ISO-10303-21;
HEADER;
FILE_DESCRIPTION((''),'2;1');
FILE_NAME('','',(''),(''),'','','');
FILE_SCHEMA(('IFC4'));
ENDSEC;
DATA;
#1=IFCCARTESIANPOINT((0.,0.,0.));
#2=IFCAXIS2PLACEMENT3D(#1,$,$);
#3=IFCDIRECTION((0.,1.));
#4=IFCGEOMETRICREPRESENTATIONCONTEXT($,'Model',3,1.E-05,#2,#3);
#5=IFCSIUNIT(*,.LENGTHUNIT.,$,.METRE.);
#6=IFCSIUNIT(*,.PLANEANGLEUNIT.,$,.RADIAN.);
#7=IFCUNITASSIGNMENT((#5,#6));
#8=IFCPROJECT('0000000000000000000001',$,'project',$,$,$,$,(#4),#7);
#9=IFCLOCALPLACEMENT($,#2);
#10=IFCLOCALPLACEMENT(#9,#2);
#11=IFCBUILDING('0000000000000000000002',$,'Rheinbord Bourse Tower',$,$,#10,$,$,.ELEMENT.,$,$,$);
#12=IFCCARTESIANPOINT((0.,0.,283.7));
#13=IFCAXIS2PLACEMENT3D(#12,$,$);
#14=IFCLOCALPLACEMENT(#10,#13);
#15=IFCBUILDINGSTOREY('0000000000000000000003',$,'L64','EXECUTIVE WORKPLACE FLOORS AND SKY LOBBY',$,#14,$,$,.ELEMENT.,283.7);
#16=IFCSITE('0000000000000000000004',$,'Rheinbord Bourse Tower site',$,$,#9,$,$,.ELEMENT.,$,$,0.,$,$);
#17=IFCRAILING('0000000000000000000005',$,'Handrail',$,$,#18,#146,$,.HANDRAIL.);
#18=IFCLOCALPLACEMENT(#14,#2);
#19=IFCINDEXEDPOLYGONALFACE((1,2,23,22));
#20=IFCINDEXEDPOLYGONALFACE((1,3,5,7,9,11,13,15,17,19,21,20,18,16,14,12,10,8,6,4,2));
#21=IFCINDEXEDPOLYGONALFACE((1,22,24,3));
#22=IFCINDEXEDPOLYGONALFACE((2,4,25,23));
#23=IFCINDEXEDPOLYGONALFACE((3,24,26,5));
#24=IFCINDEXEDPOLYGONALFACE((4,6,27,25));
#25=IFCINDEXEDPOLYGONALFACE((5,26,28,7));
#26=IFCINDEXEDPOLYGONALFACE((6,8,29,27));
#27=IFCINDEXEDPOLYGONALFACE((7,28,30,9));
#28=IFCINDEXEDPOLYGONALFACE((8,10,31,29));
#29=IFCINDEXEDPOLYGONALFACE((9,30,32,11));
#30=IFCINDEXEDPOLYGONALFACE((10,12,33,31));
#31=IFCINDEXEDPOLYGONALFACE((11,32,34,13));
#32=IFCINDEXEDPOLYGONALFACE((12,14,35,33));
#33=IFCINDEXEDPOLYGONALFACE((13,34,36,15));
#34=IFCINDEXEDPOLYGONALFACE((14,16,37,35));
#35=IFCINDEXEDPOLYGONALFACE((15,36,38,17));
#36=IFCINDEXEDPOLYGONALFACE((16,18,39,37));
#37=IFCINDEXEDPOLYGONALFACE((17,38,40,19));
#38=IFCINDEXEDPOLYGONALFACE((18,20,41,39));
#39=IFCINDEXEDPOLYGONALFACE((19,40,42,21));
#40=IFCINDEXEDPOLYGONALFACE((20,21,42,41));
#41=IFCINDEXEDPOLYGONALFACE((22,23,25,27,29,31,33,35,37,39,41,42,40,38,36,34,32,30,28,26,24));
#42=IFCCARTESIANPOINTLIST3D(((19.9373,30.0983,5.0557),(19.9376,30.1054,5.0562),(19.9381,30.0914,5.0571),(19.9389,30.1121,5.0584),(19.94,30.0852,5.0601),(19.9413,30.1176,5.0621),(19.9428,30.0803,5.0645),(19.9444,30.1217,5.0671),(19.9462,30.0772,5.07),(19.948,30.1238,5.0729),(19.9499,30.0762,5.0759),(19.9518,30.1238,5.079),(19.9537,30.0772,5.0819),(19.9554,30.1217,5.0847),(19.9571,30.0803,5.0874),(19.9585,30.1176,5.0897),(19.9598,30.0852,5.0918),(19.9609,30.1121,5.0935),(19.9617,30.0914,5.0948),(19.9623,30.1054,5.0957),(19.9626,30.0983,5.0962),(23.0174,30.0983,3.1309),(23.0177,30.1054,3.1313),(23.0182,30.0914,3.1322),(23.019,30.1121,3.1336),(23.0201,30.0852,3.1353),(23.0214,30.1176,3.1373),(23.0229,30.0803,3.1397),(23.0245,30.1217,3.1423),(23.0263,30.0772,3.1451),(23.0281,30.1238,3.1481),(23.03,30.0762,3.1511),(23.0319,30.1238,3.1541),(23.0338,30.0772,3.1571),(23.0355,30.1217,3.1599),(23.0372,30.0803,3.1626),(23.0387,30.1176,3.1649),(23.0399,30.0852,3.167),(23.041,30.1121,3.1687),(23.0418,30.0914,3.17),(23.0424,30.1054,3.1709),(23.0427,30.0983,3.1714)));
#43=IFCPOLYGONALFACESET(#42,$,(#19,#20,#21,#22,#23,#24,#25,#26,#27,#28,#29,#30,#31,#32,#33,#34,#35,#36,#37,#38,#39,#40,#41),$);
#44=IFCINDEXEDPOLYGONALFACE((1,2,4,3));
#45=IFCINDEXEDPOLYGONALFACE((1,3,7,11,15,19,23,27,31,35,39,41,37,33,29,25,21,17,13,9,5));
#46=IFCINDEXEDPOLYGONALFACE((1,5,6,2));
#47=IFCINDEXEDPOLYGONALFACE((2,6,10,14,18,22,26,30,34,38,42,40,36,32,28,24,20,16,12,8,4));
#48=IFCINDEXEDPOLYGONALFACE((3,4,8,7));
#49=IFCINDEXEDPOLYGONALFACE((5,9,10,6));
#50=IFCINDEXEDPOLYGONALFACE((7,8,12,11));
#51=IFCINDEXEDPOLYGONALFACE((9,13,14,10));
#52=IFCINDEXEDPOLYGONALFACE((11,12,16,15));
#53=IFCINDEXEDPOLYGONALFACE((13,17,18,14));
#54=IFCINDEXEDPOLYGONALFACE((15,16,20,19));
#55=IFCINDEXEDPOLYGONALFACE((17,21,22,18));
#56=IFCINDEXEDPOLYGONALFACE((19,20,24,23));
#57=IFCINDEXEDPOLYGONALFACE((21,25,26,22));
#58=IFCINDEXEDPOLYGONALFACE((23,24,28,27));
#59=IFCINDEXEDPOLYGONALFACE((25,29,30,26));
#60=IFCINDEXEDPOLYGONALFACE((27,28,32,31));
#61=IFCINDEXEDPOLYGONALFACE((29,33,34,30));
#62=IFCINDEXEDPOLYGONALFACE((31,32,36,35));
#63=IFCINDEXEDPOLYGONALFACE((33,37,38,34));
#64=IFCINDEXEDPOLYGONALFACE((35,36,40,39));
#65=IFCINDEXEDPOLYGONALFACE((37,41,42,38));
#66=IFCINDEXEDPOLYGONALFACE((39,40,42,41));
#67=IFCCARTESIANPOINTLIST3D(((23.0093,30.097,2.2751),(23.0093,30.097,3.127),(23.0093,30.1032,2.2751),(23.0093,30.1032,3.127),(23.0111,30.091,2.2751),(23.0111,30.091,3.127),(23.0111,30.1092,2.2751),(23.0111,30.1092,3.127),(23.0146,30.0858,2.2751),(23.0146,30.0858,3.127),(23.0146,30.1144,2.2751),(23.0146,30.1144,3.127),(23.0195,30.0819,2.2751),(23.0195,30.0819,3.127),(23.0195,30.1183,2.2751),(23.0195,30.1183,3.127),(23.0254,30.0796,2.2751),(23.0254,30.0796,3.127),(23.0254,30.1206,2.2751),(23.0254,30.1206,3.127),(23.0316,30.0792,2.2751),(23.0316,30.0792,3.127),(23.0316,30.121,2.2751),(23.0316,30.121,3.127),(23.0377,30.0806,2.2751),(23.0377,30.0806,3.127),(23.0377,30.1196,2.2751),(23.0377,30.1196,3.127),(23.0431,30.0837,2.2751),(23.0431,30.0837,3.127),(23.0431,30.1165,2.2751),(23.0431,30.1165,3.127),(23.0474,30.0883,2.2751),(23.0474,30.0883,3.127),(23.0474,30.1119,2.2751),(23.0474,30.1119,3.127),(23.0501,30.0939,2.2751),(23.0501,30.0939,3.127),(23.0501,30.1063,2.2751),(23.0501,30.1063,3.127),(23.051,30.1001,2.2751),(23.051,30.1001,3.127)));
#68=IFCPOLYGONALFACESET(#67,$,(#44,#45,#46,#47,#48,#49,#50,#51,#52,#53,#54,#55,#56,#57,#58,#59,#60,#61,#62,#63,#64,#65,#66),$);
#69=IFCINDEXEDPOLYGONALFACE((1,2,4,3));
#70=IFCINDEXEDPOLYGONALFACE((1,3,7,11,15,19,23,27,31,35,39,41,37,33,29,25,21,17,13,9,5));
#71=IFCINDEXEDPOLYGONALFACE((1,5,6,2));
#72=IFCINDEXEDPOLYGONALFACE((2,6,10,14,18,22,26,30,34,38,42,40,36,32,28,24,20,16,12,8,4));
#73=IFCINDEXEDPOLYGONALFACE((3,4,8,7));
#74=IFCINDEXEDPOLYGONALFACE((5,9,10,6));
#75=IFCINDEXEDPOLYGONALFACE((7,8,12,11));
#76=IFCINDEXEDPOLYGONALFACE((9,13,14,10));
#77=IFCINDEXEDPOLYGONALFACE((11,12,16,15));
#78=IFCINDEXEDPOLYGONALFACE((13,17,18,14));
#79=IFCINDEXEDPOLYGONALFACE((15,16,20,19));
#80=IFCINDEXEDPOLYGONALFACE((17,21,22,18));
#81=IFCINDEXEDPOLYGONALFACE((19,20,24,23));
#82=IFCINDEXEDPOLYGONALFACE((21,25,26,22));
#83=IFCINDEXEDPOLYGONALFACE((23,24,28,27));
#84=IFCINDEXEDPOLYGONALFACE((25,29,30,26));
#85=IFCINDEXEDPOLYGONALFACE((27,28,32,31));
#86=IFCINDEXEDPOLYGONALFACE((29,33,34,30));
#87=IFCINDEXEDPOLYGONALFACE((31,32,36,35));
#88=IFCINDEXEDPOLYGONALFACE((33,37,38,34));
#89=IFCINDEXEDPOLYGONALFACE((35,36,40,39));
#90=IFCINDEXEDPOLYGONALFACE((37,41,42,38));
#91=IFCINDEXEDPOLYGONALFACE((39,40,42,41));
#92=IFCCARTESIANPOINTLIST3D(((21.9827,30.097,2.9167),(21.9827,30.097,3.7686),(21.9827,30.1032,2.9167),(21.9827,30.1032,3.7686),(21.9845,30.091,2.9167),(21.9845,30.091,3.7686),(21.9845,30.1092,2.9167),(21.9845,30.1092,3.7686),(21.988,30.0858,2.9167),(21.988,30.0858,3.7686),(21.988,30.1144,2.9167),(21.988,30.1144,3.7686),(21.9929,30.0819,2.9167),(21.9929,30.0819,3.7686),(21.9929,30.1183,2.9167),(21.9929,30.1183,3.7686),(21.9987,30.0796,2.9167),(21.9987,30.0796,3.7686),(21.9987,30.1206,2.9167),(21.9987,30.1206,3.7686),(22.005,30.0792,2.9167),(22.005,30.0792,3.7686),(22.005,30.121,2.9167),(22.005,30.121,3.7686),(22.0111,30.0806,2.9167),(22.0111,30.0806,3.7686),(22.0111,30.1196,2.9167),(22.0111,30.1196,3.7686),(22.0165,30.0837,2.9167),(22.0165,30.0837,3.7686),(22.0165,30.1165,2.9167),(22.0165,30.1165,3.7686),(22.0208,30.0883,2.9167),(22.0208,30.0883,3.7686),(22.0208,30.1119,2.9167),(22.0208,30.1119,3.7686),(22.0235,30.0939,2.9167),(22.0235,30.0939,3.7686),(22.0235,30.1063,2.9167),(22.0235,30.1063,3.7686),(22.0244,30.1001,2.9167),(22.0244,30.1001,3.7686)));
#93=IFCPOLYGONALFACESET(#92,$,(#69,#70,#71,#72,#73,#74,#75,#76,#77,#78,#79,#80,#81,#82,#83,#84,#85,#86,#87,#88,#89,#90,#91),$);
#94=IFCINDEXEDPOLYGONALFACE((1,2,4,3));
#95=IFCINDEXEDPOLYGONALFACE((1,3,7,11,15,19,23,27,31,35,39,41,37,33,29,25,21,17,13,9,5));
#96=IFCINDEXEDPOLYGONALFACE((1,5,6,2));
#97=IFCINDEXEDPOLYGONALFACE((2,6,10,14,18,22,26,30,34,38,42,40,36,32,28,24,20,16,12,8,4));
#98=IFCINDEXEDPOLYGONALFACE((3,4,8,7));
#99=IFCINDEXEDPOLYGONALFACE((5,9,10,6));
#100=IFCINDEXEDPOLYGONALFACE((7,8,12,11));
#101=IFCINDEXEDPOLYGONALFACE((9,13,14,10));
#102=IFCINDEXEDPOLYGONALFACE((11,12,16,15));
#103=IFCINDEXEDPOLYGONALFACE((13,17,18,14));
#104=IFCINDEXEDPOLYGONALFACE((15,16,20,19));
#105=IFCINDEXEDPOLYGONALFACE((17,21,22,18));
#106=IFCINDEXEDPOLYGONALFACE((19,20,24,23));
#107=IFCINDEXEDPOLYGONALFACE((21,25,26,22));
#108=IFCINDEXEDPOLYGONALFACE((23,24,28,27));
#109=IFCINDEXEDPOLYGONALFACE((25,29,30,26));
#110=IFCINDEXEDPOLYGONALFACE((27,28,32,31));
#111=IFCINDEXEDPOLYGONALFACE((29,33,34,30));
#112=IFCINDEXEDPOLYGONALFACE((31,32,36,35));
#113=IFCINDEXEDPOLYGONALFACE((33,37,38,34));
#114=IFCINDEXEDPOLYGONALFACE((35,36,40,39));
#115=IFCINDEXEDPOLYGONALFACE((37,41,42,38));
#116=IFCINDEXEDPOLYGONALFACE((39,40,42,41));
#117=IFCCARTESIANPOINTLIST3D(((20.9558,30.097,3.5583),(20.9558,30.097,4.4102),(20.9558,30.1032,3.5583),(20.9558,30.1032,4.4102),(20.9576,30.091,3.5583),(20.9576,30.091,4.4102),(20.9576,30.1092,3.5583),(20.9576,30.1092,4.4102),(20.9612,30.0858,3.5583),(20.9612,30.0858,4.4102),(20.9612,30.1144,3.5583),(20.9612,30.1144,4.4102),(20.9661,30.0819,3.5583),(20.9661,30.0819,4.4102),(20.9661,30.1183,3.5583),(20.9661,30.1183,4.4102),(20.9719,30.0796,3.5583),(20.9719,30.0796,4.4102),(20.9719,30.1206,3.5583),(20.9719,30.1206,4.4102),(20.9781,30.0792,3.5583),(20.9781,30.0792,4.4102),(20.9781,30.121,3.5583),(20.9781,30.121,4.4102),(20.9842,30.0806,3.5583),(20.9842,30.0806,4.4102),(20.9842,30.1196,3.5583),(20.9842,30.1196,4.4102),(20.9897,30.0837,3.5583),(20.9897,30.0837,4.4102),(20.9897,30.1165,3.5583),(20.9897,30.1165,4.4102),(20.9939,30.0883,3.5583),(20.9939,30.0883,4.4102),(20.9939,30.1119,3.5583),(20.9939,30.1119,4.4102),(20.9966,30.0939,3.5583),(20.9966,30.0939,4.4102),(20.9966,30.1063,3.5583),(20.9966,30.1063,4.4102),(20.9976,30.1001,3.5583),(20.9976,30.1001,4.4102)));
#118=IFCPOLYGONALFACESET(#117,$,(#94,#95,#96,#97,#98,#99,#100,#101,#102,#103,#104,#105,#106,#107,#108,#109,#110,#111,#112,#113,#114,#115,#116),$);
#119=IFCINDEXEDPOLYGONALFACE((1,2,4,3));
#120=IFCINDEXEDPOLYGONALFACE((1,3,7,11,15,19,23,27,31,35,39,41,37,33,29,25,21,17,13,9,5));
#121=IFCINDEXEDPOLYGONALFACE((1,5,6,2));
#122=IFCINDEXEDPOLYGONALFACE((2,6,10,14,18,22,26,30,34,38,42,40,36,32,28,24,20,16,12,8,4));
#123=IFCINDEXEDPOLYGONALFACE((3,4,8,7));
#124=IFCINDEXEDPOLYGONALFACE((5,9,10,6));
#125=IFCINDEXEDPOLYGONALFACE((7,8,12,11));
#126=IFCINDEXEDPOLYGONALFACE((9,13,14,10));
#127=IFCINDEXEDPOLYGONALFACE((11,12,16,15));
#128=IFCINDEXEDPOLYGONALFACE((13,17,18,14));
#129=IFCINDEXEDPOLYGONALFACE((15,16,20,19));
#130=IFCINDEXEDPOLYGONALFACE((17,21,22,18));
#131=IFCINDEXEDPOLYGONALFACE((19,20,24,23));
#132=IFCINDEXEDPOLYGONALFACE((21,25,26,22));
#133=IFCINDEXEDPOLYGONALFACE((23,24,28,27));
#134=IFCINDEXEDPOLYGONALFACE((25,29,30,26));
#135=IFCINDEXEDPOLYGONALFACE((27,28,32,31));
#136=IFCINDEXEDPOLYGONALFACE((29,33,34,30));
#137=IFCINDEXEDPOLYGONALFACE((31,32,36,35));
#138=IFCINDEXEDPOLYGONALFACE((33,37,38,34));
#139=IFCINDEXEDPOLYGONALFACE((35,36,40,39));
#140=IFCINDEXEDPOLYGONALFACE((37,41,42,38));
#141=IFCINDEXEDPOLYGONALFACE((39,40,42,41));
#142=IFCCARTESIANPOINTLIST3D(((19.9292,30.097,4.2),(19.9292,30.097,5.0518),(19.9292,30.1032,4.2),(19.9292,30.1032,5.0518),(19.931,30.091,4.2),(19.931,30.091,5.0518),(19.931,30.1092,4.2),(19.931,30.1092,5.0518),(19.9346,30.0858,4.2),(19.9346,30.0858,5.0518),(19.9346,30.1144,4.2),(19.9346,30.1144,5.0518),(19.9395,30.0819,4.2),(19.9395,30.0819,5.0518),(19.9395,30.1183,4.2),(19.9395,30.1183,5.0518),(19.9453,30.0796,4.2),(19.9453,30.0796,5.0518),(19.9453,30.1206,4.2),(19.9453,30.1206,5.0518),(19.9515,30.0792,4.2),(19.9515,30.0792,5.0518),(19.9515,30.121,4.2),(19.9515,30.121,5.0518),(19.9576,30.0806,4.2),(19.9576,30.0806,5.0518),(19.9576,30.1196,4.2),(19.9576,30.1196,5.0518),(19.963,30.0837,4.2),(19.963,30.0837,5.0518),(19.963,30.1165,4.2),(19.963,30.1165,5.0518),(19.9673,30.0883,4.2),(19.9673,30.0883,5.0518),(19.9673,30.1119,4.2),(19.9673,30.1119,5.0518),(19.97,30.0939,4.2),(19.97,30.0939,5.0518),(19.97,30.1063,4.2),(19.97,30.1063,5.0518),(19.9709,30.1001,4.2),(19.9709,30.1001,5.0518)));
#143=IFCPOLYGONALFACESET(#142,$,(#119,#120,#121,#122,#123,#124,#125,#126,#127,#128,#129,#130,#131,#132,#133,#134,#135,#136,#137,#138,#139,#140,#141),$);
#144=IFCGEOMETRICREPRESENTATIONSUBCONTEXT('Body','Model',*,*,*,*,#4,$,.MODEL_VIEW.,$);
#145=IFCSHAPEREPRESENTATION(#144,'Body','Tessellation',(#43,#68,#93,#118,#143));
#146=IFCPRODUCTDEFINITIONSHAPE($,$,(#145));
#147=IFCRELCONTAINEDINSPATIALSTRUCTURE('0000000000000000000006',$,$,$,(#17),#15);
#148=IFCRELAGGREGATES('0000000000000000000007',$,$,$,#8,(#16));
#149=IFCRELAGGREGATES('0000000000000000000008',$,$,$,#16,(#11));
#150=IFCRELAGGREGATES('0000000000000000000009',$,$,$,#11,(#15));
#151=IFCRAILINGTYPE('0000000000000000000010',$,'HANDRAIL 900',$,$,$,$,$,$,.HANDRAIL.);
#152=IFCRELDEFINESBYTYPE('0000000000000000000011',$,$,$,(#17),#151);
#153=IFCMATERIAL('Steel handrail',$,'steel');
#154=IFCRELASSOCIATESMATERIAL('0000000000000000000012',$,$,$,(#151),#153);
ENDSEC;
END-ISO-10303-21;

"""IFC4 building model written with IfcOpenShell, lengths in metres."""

from ifc_helpers import new_model, si_unit, direction, frame, origin, origin_2d, place, context, subcontext, project, spatial, circle, extrude, material, type_object, element, save


model = new_model("IFC4")

# Units and contexts
model_context = context("Model", 3, precision=1e-05, world=origin(), true_north=direction((0.0, 1.0)))
body_context = subcontext(model_context, "Body", "Model", "MODEL_VIEW")
ifc_project = project(units=[si_unit("LENGTHUNIT", "METRE"), si_unit("PLANEANGLEUNIT", "RADIAN")], contexts=[model_context])

# Site, building, storey
site_placement = place(None, origin())
site = spatial("IfcSite", under=ifc_project, at=site_placement, Name="Rheinbord Bourse Tower site", CompositionType="ELEMENT", RefElevation=0.0)
building_placement = place(site_placement, origin())
building = spatial("IfcBuilding", under=site, at=building_placement, Name="Rheinbord Bourse Tower", CompositionType="ELEMENT")
storey_placement = place(building_placement, frame((0.0, 0.0, 283.7)))
storey = spatial("IfcBuildingStorey", under=building, at=storey_placement, Name="L64", Description="EXECUTIVE WORKPLACE FLOORS AND SKY LOBBY", CompositionType="ELEMENT", Elevation=283.7)

# Railing
ifc_material_1 = material(Name="Steel handrail", Category="steel")
railing_type = type_object("IfcRailingType", Name="HANDRAIL 900", PredefinedType="HANDRAIL", material=ifc_material_1)
railing_1_placement = place(storey_placement, frame((23.03, 30.1001, 2.2751)))
element("IfcRailing", 1, at=railing_1_placement, inside=storey, type_object=railing_type, Name="Handrail", PredefinedType="HANDRAIL", context=body_context, shape_type="SweptSolid", body=[
    extrude(circle(Radius=0.0239, at=origin_2d()), frame((0.0, 0.0, 0.876), z_axis=(-0.848029, 0.0, 0.529951), x_axis=(0.0, -1.0, 0.0)), (0.0, 0.0, 1.0), 3.6321),
    extrude(circle(Radius=0.021, at=origin_2d()), origin(), (0.0, 0.0, 1.0), 0.8518),
    extrude(circle(Radius=0.021, at=origin_2d()), frame((-1.0266, 0.0, 0.6416)), (0.0, 0.0, 1.0), 0.8518),
    extrude(circle(Radius=0.021, at=origin_2d()), frame((-2.0535, 0.0, 1.2832)), (0.0, 0.0, 1.0), 0.8518),
    extrude(circle(Radius=0.021, at=origin_2d()), frame((-3.0801, 0.0, 1.9248)), (0.0, 0.0, 1.0), 0.8518),
])

save(model, "model.ifc")
